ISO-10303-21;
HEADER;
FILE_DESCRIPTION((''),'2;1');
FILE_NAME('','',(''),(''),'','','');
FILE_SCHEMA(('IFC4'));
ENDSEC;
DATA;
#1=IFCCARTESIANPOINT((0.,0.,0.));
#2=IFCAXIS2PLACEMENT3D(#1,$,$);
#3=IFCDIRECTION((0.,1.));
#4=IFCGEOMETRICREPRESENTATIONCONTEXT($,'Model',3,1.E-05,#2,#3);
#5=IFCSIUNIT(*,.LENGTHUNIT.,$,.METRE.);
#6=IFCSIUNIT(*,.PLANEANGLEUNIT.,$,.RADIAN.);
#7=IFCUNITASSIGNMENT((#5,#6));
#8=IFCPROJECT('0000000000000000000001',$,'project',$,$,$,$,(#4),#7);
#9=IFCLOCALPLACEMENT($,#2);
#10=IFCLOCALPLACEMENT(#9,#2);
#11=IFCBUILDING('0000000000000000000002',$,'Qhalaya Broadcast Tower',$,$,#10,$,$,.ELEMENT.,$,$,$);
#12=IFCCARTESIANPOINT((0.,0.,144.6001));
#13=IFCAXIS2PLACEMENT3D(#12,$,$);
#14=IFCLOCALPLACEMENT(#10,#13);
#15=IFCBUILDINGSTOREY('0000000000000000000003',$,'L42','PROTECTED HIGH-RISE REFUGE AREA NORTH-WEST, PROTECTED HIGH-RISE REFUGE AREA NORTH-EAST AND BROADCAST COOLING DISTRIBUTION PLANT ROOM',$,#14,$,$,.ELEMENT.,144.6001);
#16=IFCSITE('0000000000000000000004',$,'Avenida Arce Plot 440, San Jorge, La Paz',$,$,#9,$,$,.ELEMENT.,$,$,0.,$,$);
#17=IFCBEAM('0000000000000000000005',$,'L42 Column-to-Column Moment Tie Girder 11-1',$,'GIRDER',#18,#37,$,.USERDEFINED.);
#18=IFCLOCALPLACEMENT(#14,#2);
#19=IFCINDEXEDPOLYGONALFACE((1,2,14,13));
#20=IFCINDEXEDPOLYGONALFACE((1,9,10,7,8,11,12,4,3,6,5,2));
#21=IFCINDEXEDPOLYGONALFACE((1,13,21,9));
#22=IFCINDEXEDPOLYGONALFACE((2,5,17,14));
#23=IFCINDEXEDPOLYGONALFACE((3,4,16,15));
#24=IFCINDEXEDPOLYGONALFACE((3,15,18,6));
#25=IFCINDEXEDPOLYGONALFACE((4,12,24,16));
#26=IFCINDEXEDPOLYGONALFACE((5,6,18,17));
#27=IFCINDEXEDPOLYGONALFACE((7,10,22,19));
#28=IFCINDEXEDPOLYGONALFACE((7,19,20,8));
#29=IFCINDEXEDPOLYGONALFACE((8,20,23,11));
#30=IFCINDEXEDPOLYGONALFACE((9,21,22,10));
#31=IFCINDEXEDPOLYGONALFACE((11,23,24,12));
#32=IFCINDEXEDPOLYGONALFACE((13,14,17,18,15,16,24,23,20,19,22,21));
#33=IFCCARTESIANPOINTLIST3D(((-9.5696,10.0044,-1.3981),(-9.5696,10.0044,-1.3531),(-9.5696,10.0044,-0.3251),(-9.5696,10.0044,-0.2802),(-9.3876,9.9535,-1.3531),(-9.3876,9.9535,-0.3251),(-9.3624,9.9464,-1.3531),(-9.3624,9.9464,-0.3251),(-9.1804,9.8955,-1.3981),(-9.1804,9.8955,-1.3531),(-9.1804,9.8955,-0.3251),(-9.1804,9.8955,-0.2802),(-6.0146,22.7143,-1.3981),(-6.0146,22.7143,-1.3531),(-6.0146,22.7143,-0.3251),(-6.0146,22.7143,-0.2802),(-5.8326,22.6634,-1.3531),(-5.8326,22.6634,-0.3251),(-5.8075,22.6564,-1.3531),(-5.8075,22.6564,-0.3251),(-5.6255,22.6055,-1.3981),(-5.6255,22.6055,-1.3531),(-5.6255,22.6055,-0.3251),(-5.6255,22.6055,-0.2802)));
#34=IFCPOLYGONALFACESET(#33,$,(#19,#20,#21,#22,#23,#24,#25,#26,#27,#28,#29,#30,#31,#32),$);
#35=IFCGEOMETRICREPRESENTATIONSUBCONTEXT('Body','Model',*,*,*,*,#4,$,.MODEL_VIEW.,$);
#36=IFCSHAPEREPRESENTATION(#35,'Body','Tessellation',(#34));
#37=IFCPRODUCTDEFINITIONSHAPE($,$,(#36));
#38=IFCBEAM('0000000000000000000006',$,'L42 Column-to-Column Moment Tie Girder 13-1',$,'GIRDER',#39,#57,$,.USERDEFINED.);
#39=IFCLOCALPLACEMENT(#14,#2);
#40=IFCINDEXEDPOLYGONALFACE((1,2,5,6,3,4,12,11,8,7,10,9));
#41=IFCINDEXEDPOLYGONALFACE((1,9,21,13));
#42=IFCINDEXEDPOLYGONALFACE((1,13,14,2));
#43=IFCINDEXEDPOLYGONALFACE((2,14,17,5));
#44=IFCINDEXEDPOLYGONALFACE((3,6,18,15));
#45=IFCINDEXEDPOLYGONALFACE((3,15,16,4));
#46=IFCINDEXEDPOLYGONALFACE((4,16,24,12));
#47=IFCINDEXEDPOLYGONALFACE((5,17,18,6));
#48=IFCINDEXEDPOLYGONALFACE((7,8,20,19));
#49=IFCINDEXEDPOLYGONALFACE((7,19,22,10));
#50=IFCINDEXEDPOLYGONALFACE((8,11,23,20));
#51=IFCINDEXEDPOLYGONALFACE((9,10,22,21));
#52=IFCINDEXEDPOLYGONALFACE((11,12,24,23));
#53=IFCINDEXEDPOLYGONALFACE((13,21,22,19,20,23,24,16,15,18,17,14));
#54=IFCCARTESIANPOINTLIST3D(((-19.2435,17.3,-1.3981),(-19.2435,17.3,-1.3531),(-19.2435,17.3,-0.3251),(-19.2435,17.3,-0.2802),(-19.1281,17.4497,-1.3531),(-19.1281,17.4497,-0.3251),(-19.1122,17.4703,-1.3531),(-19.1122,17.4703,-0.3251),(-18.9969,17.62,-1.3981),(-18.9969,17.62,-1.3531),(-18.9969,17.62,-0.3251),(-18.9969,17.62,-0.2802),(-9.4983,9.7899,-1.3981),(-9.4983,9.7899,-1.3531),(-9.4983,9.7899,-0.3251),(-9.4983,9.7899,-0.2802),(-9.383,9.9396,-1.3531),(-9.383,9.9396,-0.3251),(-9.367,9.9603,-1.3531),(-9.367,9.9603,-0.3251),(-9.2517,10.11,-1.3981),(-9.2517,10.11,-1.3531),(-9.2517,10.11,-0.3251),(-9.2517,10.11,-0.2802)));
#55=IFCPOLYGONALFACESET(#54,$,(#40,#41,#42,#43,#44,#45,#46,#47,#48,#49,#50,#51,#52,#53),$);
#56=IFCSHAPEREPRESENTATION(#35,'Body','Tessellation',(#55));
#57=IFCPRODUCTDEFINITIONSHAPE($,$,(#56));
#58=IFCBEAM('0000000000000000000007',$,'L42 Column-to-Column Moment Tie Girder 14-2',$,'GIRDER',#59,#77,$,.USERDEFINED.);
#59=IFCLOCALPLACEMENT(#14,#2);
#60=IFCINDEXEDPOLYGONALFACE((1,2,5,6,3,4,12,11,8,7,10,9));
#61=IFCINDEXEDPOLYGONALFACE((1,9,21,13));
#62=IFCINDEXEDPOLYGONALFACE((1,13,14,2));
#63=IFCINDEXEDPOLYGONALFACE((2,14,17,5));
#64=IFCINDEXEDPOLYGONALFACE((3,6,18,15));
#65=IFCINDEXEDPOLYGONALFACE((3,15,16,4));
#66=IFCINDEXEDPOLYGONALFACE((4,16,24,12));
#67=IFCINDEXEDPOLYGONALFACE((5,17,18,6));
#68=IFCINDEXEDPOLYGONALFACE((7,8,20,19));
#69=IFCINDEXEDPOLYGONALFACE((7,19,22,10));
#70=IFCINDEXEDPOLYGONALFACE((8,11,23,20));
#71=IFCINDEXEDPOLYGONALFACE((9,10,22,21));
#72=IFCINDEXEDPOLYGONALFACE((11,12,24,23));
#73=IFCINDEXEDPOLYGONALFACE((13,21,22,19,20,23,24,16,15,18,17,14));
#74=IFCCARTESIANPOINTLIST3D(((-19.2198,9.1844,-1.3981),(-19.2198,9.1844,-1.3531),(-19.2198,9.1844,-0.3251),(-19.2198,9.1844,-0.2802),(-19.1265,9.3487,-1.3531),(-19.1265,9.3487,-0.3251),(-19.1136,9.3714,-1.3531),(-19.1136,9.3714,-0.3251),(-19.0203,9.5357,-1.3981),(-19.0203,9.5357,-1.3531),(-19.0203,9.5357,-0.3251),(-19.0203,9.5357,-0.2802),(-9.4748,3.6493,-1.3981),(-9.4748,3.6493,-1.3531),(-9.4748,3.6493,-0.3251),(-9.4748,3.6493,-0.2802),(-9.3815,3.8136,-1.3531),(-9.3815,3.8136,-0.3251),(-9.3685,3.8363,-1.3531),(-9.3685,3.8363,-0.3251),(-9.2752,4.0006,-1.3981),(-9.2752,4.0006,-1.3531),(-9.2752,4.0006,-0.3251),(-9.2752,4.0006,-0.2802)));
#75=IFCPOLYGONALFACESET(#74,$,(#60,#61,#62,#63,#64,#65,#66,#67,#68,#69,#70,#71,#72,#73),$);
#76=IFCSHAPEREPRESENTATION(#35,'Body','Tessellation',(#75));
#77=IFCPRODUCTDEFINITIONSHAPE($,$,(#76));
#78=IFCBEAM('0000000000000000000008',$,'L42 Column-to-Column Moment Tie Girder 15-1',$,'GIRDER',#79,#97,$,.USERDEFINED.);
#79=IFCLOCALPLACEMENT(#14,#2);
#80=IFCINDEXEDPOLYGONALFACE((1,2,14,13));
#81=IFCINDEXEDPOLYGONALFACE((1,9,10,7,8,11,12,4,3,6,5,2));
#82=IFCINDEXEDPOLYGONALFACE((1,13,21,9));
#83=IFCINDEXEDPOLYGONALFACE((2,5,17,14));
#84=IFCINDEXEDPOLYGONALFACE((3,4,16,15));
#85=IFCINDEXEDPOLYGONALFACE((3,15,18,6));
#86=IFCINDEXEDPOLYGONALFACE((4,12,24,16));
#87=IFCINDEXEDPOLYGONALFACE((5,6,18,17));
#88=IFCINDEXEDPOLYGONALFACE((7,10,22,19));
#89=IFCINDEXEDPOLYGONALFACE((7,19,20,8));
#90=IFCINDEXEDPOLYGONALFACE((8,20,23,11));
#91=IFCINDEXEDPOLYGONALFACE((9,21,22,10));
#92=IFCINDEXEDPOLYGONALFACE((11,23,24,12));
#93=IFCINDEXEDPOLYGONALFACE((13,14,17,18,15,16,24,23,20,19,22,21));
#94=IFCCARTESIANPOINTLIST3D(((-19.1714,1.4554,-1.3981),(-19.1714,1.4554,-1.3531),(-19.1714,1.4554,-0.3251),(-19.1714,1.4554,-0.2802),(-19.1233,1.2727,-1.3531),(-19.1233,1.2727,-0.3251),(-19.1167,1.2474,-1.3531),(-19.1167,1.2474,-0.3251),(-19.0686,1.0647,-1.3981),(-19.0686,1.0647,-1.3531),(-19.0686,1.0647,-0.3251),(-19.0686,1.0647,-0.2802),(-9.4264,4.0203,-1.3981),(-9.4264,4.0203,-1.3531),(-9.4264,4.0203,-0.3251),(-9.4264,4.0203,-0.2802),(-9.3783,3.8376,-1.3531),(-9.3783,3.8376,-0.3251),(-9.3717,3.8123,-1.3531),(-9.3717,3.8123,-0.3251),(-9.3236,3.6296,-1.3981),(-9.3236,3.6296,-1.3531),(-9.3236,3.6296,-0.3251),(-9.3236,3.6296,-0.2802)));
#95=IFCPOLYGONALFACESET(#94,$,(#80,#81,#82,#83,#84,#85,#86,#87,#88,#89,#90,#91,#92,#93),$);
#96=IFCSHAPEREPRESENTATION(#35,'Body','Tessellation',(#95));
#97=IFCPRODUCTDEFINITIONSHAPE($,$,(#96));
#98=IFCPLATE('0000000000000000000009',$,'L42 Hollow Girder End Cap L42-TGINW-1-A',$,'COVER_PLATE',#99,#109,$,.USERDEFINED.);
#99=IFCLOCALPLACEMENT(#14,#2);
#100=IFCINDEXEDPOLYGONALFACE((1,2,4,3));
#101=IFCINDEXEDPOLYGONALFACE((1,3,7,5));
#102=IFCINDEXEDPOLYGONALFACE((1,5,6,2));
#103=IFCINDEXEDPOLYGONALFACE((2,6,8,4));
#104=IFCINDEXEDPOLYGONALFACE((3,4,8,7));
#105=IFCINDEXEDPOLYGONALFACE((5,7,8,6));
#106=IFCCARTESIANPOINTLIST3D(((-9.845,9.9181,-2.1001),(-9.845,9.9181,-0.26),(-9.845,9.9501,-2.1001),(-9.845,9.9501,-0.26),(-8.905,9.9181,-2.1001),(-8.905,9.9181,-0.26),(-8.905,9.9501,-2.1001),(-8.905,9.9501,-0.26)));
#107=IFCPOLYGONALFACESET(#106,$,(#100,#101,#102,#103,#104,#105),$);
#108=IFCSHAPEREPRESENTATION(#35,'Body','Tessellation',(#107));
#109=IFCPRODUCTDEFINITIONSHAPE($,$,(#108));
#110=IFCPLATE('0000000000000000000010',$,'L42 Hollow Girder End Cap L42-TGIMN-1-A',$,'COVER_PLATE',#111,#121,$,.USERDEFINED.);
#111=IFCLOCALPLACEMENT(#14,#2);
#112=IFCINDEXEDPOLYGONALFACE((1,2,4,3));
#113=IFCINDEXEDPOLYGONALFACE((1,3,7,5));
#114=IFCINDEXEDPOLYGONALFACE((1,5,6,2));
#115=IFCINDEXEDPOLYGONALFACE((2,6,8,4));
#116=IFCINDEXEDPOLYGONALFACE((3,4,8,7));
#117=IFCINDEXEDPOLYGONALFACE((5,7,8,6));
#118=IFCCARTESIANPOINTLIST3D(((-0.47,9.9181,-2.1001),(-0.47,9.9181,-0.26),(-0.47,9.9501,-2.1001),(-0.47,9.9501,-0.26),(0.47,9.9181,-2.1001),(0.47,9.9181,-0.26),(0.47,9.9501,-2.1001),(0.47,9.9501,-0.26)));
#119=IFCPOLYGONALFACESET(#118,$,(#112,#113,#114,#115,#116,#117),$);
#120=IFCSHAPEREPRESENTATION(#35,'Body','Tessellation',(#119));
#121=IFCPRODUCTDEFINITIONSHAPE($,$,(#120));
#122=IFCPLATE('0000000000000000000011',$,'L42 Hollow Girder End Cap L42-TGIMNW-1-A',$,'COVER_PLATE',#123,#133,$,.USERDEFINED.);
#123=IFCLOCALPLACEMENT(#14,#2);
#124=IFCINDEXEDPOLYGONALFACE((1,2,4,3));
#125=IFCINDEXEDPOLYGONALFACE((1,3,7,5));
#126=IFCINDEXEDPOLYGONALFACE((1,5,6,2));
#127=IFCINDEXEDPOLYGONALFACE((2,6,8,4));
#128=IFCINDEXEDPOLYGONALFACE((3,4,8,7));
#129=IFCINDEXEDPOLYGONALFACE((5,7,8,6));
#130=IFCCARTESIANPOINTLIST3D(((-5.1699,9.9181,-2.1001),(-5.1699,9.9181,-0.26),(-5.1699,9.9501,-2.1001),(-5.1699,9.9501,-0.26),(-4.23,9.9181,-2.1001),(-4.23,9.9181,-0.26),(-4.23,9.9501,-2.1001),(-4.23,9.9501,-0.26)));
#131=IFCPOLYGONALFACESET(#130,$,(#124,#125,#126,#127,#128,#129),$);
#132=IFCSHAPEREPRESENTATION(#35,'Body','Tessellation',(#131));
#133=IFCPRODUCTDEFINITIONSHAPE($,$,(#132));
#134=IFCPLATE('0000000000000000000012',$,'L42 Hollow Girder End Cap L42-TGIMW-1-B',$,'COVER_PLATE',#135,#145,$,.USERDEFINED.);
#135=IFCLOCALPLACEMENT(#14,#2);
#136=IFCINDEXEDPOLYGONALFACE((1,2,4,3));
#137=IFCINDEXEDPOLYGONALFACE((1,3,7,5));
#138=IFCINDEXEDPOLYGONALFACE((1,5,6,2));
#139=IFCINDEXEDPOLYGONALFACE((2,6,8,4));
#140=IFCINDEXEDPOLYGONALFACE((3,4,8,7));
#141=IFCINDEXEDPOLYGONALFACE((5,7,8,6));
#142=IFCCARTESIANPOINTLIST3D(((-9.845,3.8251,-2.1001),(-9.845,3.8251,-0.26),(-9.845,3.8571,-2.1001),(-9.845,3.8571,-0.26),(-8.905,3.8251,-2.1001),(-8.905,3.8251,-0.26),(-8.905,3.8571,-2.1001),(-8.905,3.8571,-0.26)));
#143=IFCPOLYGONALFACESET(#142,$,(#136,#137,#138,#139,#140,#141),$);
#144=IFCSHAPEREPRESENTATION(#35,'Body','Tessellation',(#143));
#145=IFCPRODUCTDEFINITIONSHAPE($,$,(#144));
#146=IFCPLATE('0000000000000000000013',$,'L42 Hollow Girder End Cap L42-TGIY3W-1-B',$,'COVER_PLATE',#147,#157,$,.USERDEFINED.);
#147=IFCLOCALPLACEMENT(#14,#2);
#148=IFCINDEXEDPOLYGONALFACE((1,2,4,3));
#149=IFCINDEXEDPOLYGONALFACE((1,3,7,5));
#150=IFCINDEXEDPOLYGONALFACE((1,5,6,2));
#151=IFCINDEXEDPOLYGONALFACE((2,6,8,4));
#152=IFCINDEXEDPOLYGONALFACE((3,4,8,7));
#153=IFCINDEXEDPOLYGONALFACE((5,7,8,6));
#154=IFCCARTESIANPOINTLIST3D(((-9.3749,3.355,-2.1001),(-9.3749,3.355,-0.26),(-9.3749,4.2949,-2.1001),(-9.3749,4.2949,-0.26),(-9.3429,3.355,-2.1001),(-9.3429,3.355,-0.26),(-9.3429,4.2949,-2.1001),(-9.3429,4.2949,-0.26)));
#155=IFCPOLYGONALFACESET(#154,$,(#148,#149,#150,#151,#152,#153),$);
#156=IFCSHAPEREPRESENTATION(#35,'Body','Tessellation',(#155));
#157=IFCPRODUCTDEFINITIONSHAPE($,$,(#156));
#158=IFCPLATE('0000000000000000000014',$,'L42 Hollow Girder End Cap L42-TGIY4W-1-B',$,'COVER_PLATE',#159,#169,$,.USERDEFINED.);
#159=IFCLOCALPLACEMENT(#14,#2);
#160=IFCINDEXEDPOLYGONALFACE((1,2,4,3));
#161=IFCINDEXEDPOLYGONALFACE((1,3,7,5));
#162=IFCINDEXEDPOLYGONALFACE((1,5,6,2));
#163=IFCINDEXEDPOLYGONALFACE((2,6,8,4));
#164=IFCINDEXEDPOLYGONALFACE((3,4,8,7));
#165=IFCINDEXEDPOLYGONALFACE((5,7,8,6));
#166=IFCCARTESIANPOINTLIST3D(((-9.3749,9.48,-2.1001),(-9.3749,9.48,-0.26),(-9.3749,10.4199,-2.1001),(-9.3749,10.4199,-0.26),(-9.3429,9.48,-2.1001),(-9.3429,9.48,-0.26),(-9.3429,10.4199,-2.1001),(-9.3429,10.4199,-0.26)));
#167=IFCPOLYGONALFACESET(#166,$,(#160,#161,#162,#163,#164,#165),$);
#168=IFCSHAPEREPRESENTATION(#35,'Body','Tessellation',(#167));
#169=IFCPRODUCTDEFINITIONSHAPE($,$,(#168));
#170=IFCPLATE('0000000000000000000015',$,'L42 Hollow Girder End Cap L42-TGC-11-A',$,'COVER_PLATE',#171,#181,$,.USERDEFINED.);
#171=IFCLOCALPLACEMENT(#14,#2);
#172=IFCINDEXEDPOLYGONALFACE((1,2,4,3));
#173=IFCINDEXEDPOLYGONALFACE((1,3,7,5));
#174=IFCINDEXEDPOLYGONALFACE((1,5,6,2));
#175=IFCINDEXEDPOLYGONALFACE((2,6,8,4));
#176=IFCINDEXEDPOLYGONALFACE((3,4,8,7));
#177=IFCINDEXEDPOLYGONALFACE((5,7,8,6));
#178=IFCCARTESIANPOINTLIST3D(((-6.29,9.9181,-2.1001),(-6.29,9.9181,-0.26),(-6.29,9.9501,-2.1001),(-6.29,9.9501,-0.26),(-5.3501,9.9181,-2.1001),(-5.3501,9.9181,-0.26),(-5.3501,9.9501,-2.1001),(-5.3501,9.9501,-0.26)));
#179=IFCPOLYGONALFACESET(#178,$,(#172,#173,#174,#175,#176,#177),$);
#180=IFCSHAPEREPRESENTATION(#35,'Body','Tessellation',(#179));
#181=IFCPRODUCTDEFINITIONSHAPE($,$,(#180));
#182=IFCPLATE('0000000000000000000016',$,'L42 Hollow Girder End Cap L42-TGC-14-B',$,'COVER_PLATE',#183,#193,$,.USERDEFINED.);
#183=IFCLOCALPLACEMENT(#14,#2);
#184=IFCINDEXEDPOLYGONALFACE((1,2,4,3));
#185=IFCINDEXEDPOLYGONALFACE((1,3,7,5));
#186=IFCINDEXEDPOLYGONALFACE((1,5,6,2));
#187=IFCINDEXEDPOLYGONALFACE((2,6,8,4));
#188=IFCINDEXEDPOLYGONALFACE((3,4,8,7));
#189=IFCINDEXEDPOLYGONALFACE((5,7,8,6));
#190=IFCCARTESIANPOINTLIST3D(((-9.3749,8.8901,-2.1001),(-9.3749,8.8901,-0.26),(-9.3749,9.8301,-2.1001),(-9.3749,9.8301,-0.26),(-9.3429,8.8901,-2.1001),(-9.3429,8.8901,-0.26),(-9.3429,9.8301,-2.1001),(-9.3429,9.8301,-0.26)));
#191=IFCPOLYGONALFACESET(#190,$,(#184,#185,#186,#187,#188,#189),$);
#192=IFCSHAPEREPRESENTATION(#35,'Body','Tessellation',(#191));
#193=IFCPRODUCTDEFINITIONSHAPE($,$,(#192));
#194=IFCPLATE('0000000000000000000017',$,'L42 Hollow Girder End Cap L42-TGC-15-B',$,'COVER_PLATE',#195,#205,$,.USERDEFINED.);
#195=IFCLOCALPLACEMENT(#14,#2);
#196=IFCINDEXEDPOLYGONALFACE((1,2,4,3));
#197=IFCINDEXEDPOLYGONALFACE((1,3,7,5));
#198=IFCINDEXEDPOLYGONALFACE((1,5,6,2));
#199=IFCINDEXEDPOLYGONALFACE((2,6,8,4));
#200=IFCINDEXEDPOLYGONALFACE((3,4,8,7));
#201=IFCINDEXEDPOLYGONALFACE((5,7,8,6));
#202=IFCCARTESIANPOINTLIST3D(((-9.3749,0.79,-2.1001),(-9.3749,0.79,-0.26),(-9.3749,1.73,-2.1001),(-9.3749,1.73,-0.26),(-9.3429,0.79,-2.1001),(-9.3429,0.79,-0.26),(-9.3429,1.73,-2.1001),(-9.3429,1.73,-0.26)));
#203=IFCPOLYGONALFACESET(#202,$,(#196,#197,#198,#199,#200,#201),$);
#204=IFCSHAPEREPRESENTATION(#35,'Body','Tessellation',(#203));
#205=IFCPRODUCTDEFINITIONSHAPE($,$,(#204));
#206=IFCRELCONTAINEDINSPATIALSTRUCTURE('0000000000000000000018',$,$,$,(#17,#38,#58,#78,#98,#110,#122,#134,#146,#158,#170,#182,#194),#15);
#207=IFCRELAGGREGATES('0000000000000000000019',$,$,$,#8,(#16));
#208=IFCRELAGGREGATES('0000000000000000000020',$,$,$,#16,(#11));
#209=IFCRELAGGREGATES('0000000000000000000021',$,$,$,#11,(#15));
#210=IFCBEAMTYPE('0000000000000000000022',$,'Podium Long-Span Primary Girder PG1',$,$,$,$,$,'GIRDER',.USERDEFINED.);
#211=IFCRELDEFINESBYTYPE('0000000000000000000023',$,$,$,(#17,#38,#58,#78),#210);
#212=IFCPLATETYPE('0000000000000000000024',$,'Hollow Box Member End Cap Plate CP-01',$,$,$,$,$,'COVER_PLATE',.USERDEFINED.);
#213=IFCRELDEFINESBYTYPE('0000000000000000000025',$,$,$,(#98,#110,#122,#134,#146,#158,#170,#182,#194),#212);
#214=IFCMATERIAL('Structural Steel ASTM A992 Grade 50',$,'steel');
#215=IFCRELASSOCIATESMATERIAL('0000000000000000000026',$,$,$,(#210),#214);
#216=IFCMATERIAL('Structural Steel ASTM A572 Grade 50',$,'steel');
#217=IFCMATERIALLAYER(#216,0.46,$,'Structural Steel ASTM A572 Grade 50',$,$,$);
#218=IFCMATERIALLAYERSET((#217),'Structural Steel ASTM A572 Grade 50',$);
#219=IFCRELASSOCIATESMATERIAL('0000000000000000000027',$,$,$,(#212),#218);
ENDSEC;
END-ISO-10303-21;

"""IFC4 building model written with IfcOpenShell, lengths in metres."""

from ifc_helpers import new_model, si_unit, direction, frame, origin, origin_2d, place, context, subcontext, project, spatial, rectangle, i_section, extrude, material, layer, layer_set, material_profile, profile_set, type_object, element, save


model = new_model("IFC4")

# Units and contexts
model_context = context("Model", 3, precision=1e-05, world=origin(), true_north=direction((0.0, 1.0)))
body_context = subcontext(model_context, "Body", "Model", "MODEL_VIEW")
ifc_project = project(units=[si_unit("LENGTHUNIT", "METRE"), si_unit("PLANEANGLEUNIT", "RADIAN")], contexts=[model_context])

# Site, building, storey
site_placement = place(None, origin())
site = spatial("IfcSite", under=ifc_project, at=site_placement, Name="Avenida Arce Plot 440, San Jorge, La Paz", CompositionType="ELEMENT", RefElevation=0.0)
building_placement = place(site_placement, origin())
building = spatial("IfcBuilding", under=site, at=building_placement, Name="Qhalaya Broadcast Tower", CompositionType="ELEMENT")
storey_placement = place(building_placement, frame((0.0, 0.0, 144.6001)))
storey = spatial("IfcBuildingStorey", under=building, at=storey_placement, Name="L42", Description="PROTECTED HIGH-RISE REFUGE AREA NORTH-WEST, PROTECTED HIGH-RISE REFUGE AREA NORTH-EAST AND BROADCAST COOLING DISTRIBUTION PLANT ROOM", CompositionType="ELEMENT", Elevation=144.6001)

# Beams
ifc_material_1 = material(Name="Structural Steel ASTM A572 Grade 50", Category="steel")
ifc_material_2 = material(Name="Structural Steel ASTM A992 Grade 50", Category="steel")
ifc_material_profile_1 = material_profile(ifc_material_2, i_section(OverallWidth=0.4041, OverallDepth=1.1179, WebThickness=0.0261, FlangeThickness=0.0449, at=origin_2d()), Name="W44X335")
ifc_profile_set_1 = profile_set([ifc_material_profile_1], Name="Structural Steel ASTM A992 Grade 50")
beam_type_1 = type_object("IfcBeamType", Name="Podium Long-Span Primary Girder PG1", ElementType="GIRDER", PredefinedType="USERDEFINED", material=ifc_profile_set_1)
beam_1_placement = place(storey_placement, frame((-9.375, 9.95, -0.8391), z_axis=(0.269359, 0.96304, 0.0), x_axis=(-0.96304, 0.269359, 0.0)))
element("IfcBeam", 1, at=beam_1_placement, inside=storey, type_object=beam_type_1, Name="L42 Column-to-Column Moment Tie Girder 11-1", ObjectType="GIRDER", PredefinedType="USERDEFINED", context=body_context, shape_type="SweptSolid", body=[
    extrude(i_section(OverallWidth=0.4041, OverallDepth=1.1179, WebThickness=0.0261, FlangeThickness=0.0449, at=origin_2d()), origin(), (0.0, 0.0, 1.0), 13.1978),
])
beam_2_placement = place(storey_placement, frame((-9.375, 9.95, -0.8391), z_axis=(-0.792083, 0.610413, 0.0), x_axis=(-0.610413, -0.792083, 0.0)))
element("IfcBeam", 2, at=beam_2_placement, inside=storey, type_object=beam_type_1, Name="L42 Column-to-Column Moment Tie Girder 13-1", ObjectType="GIRDER", PredefinedType="USERDEFINED", context=body_context, shape_type="SweptSolid", body=[
    extrude(i_section(OverallWidth=0.4041, OverallDepth=1.1179, WebThickness=0.0261, FlangeThickness=0.0449, at=origin_2d()), origin(), (0.0, 0.0, 1.0), 12.3032),
])
beam_3_placement = place(storey_placement, frame((-9.375, 3.825, -0.8391), z_axis=(-0.869527, 0.493885, 0.0), x_axis=(-0.493885, -0.869527, 0.0)))
element("IfcBeam", 3, at=beam_3_placement, inside=storey, type_object=beam_type_1, Name="L42 Column-to-Column Moment Tie Girder 14-2", ObjectType="GIRDER", PredefinedType="USERDEFINED", context=body_context, shape_type="SweptSolid", body=[
    extrude(i_section(OverallWidth=0.4041, OverallDepth=1.1179, WebThickness=0.0261, FlangeThickness=0.0449, at=origin_2d()), origin(), (0.0, 0.0, 1.0), 11.2073),
])
beam_4_placement = place(storey_placement, frame((-9.375, 3.825, -0.8391), z_axis=(-0.967064, -0.254534, 0.0), x_axis=(0.254534, -0.967064, 0.0)))
element("IfcBeam", 4, at=beam_4_placement, inside=storey, type_object=beam_type_1, Name="L42 Column-to-Column Moment Tie Girder 15-1", ObjectType="GIRDER", PredefinedType="USERDEFINED", context=body_context, shape_type="SweptSolid", body=[
    extrude(i_section(OverallWidth=0.4041, OverallDepth=1.1179, WebThickness=0.0261, FlangeThickness=0.0449, at=origin_2d()), origin(), (0.0, 0.0, 1.0), 10.0769),
])

# Plates
ifc_layer_1 = layer(ifc_material_1, 0.46, Name="Structural Steel ASTM A572 Grade 50")
ifc_layer_set_1 = layer_set([ifc_layer_1], Name="Structural Steel ASTM A572 Grade 50")
plate_type = type_object("IfcPlateType", Name="Hollow Box Member End Cap Plate CP-01", ElementType="COVER_PLATE", PredefinedType="USERDEFINED", material=ifc_layer_set_1)
for number, where, z_axis, x_axis, name in (
    (5, (-9.375, 9.9341, -2.1001), (0.0, 0.0, 1.0), (-1.0, 0.0, 0.0), "L42 Hollow Girder End Cap L42-TGINW-1-A"),
    (6, (0.0, 9.9341, -2.1001), (0.0, 0.0, 1.0), (-1.0, 0.0, 0.0), "L42 Hollow Girder End Cap L42-TGIMN-1-A"),
    (7, (-4.7, 9.9341, -2.1001), (0.0, 0.0, 1.0), (-1.0, 0.0, 0.0), "L42 Hollow Girder End Cap L42-TGIMNW-1-A"),
    (8, (-9.375, 3.8411, -2.1001), (0.0, 0.0, 1.0), (-1.0, 0.0, 0.0), "L42 Hollow Girder End Cap L42-TGIMW-1-B"),
    (9, (-9.3589, 3.825, -2.1001), (0.0, 0.0, 1.0), (0.0, 1.0, 0.0), "L42 Hollow Girder End Cap L42-TGIY3W-1-B"),
    (10, (-9.3589, 9.95, -2.1001), (0.0, 0.0, 1.0), (0.0, 1.0, 0.0), "L42 Hollow Girder End Cap L42-TGIY4W-1-B"),
    (11, (-5.8201, 9.9341, -2.1001), (0.0, 0.0, 1.0), (-1.0, 0.0, 0.0), "L42 Hollow Girder End Cap L42-TGC-11-A"),
    (12, (-9.3589, 9.3601, -2.1001), (0.0, 0.0, 1.0), (0.0, 1.0, 0.0), "L42 Hollow Girder End Cap L42-TGC-14-B"),
    (13, (-9.3589, 1.26, -2.1001), (0.0, 0.0, 1.0), (0.0, 1.0, 0.0), "L42 Hollow Girder End Cap L42-TGC-15-B"),
):
    element("IfcPlate", number, at=place(storey_placement, frame(where, z_axis=z_axis, x_axis=x_axis)), inside=storey, type_object=plate_type, Name=name, ObjectType="COVER_PLATE", PredefinedType="USERDEFINED", context=body_context, shape_type="SweptSolid", body=[
        extrude(rectangle(XDim=0.9399, YDim=0.032, at=origin_2d()), origin(), (0.0, 0.0, 1.0), 1.8401),
    ])

save(model, "model.ifc")
